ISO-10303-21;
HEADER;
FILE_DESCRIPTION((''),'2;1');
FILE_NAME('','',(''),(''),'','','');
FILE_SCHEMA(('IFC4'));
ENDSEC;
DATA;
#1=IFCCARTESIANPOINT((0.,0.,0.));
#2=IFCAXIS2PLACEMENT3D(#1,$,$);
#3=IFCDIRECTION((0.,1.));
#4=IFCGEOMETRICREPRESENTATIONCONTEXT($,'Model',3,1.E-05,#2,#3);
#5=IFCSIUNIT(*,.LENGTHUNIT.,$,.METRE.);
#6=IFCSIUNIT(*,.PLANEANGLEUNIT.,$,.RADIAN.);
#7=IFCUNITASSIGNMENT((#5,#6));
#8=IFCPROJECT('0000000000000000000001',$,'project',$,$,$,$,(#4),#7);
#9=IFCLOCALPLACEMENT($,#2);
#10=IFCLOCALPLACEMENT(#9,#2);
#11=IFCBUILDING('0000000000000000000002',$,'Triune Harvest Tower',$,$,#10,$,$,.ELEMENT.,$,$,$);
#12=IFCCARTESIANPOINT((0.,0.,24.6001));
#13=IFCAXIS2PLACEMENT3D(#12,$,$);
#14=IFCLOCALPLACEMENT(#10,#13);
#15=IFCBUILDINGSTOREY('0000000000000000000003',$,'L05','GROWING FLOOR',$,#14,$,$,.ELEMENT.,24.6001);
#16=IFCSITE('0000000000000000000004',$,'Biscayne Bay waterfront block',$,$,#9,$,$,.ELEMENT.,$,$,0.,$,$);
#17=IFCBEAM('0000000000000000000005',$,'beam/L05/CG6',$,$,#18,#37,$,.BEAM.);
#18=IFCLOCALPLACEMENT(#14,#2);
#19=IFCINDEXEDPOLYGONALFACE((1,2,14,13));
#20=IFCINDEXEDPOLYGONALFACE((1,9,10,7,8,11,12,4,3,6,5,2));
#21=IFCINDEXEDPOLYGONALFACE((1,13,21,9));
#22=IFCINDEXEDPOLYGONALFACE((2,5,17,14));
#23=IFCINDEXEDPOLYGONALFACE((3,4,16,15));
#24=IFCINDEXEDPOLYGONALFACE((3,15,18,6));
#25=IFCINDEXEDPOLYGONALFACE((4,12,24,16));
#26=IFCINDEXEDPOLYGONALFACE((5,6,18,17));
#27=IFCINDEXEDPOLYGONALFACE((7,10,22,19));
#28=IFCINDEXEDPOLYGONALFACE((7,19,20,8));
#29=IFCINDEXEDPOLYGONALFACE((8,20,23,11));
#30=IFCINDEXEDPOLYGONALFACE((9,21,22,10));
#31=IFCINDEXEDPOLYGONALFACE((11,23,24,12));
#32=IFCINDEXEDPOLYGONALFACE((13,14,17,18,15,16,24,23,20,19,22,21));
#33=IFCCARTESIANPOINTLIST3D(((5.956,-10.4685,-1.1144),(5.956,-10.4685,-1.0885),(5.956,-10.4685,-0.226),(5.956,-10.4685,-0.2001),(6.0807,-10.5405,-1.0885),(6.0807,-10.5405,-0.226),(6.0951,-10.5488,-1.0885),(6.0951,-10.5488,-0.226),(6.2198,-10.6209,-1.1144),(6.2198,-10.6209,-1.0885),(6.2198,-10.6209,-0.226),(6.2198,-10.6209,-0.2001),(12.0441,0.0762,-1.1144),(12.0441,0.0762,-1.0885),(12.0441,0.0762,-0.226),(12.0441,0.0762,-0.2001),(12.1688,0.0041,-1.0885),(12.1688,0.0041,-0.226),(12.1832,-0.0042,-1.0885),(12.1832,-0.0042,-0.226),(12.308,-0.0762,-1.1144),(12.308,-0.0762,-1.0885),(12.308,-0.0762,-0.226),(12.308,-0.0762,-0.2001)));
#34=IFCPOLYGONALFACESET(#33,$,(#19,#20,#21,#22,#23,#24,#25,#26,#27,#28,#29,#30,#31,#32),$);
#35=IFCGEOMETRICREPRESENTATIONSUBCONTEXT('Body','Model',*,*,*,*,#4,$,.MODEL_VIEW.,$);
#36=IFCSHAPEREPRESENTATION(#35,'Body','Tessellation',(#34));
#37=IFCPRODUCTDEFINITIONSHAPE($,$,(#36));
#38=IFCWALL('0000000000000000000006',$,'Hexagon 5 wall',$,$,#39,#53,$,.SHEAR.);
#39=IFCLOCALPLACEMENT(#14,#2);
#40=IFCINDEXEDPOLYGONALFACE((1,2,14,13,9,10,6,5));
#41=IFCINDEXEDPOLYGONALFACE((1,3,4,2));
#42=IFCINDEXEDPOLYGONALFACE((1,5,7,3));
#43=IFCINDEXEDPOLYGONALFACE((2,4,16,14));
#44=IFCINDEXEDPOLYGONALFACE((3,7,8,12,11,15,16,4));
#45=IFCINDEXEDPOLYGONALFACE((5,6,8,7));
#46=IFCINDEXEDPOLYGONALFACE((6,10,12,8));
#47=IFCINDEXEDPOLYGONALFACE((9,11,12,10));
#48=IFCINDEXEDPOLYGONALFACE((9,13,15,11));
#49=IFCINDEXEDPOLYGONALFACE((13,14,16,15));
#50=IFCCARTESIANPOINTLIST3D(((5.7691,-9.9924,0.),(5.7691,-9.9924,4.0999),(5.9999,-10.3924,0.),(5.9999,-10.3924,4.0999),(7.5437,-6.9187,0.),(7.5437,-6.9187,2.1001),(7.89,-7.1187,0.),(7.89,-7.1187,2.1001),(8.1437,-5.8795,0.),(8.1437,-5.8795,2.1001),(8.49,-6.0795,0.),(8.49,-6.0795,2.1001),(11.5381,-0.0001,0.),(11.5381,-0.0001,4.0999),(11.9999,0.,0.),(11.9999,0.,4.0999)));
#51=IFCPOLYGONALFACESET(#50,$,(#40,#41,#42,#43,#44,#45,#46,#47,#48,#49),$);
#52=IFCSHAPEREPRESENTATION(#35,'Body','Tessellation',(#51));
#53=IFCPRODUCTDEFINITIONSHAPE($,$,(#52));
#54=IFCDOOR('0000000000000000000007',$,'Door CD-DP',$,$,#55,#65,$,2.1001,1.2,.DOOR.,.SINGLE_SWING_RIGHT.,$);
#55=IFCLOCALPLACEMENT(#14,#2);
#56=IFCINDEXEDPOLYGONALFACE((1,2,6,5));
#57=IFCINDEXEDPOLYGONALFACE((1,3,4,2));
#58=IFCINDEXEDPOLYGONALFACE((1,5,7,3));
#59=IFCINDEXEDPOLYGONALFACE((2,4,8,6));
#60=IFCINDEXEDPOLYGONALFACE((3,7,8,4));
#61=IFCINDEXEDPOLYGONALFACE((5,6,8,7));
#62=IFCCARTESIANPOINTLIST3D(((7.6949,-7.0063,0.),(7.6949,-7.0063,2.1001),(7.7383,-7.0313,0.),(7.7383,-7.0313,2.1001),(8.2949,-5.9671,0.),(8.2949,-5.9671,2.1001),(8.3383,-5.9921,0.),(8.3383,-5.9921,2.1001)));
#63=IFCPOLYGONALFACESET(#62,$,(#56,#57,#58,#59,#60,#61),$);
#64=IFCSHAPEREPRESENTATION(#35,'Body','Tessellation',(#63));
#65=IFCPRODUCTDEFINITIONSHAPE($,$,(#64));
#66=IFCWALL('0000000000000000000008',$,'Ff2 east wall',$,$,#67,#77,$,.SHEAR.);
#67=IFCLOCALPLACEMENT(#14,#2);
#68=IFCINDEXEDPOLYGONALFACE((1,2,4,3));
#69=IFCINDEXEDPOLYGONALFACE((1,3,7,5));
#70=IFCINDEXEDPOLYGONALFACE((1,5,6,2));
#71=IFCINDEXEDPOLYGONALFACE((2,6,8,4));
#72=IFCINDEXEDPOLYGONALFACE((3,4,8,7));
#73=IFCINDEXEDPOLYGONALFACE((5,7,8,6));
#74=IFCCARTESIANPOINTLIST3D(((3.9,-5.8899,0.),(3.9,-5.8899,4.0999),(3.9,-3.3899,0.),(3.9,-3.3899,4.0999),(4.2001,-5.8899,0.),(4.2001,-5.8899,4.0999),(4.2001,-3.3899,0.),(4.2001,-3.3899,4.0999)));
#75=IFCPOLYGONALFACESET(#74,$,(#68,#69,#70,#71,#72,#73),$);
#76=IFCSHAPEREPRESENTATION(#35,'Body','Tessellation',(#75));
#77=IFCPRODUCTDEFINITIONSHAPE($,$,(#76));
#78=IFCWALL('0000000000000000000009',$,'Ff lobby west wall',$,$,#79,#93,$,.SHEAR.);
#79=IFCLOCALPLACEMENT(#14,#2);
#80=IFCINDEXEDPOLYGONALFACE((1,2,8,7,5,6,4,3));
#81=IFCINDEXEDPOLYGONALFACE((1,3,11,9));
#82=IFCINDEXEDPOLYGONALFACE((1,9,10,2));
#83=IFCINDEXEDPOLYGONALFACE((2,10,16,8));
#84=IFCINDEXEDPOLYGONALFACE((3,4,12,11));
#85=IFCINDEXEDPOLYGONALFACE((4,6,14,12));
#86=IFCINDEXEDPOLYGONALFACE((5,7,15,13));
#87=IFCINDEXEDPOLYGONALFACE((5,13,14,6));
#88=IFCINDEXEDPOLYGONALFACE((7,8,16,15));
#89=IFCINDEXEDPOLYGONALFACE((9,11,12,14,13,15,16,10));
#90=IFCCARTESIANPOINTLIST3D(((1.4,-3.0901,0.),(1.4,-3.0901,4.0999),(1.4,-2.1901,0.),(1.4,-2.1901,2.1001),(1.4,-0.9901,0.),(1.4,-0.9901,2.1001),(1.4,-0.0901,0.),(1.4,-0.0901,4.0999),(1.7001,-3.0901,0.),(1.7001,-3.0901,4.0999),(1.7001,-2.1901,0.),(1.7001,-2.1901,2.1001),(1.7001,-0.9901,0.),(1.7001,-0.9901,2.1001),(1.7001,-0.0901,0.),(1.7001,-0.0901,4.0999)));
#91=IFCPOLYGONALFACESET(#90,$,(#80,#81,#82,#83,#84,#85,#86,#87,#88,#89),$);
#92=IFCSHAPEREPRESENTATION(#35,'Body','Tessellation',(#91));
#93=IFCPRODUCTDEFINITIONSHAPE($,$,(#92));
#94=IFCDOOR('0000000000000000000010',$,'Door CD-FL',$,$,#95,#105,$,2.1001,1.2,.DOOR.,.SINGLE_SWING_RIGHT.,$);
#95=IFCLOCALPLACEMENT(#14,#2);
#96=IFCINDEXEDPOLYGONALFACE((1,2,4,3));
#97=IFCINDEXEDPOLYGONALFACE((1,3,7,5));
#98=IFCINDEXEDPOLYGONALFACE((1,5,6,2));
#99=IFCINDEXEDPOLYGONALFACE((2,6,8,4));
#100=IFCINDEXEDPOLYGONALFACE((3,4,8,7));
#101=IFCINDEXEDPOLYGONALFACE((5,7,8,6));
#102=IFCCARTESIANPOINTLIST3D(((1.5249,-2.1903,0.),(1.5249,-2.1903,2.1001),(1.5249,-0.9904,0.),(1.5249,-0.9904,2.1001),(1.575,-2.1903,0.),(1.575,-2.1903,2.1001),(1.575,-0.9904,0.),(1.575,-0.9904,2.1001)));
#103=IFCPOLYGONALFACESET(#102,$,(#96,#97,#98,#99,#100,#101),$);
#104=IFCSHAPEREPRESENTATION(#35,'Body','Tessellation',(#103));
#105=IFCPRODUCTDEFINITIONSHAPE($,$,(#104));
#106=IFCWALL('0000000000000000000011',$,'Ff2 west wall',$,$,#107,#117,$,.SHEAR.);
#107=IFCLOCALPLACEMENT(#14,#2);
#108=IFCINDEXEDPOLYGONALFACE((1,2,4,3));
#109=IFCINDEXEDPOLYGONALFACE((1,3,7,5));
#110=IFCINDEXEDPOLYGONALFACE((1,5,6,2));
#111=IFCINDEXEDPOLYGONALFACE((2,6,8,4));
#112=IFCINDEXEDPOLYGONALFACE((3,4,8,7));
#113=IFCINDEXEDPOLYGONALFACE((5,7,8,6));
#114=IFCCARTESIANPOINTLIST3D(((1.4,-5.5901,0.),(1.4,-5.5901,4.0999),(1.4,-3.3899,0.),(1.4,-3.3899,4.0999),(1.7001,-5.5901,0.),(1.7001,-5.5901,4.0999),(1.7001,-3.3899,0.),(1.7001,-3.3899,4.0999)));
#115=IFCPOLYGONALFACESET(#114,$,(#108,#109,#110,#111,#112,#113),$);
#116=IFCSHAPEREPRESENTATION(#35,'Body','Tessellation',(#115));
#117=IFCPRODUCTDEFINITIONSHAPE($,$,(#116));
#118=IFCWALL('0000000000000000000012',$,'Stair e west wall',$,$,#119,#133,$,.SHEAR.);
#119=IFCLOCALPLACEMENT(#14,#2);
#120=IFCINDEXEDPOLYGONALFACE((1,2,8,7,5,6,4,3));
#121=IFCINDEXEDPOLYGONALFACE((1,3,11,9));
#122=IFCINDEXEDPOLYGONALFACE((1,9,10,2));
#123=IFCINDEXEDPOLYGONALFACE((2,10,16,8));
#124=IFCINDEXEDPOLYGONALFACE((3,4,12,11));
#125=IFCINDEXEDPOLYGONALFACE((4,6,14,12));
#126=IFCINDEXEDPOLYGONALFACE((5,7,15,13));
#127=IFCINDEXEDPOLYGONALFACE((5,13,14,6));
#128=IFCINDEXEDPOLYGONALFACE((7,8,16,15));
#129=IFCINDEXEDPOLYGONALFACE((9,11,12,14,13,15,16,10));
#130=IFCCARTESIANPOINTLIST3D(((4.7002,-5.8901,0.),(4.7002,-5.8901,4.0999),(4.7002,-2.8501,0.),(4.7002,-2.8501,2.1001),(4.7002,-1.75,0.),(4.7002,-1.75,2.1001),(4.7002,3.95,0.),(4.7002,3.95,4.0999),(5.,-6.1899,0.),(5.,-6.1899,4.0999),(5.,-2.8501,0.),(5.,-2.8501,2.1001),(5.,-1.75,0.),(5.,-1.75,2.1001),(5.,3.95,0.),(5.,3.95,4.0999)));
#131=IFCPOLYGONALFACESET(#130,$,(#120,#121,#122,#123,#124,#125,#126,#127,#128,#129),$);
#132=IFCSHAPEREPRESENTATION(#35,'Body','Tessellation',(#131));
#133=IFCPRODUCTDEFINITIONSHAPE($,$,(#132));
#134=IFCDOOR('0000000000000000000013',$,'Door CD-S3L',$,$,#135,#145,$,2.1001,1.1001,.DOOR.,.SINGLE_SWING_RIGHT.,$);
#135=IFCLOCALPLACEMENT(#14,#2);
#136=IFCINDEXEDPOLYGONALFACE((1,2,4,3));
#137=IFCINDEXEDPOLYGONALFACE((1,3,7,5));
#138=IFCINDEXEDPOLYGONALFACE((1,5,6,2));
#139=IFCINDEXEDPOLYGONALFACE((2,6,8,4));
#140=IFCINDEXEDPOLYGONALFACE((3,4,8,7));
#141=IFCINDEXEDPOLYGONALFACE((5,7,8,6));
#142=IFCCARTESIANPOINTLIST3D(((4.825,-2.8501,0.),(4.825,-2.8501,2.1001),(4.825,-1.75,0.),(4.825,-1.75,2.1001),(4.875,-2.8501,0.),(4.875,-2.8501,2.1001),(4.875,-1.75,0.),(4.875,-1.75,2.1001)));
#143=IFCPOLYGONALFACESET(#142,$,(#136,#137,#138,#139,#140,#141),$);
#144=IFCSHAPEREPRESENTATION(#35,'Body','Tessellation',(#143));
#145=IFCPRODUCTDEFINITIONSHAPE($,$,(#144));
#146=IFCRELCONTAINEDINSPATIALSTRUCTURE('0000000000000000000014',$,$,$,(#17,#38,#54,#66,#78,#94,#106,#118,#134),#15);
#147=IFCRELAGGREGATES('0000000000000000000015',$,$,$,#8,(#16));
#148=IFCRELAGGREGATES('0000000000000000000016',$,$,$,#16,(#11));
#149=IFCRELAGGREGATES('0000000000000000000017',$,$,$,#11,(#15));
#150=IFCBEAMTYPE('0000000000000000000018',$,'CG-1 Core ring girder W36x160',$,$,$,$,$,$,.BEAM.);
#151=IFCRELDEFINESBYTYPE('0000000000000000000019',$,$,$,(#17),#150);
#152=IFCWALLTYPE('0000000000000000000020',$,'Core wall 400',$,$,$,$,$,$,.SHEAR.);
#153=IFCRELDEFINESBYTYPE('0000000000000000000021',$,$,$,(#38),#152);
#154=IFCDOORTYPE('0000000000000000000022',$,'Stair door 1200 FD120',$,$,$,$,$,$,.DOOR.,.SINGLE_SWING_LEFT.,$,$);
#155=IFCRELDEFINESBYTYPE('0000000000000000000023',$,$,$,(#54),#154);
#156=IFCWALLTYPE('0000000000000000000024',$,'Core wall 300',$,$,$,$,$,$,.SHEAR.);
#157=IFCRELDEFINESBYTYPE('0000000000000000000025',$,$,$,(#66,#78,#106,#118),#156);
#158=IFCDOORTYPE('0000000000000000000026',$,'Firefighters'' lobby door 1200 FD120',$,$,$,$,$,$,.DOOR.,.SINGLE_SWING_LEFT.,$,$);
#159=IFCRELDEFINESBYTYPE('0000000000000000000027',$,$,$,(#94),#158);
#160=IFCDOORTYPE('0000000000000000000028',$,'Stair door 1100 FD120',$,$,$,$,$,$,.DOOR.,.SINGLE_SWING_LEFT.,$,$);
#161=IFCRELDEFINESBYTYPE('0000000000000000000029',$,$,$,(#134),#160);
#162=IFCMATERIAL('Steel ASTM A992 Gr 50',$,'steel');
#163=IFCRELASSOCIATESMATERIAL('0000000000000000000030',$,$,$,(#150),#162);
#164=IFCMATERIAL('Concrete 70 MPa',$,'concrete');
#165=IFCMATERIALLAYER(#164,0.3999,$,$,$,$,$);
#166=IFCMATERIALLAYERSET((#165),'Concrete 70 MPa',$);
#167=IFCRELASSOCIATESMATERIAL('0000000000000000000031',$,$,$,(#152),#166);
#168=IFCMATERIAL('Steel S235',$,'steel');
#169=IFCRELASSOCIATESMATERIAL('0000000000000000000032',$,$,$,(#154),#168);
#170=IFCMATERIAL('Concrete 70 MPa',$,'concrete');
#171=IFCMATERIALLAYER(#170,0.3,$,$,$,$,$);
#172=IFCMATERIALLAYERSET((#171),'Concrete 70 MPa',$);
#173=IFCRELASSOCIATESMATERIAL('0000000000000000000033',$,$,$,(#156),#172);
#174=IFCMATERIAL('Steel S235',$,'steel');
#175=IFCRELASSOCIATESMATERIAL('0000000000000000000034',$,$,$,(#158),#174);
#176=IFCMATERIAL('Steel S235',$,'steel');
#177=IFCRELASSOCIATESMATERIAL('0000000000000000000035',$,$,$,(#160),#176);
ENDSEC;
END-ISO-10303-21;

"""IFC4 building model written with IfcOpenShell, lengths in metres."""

from ifc_helpers import new_model, si_unit, direction, frame, frame_2d, origin, origin_2d, place, context, subcontext, project, spatial, polyline, rectangle, i_section, outline, extrude, source, transform, mapped, material, layer, layer_set, material_profile, profile_set, type_object, element, fill, save


model = new_model("IFC4")

# Units and contexts
model_context = context("Model", 3, precision=1e-05, world=origin(), true_north=direction((0.0, 1.0)))
body_context = subcontext(model_context, "Body", "Model", "MODEL_VIEW")
ifc_project = project(units=[si_unit("LENGTHUNIT", "METRE"), si_unit("PLANEANGLEUNIT", "RADIAN")], contexts=[model_context])

# Site, building, storey
site_placement = place(None, origin())
site = spatial("IfcSite", under=ifc_project, at=site_placement, Name="Biscayne Bay waterfront block", CompositionType="ELEMENT", RefElevation=0.0)
building_placement = place(site_placement, origin())
building = spatial("IfcBuilding", under=site, at=building_placement, Name="Triune Harvest Tower", CompositionType="ELEMENT")
storey_placement = place(building_placement, frame((0.0, 0.0, 24.6001)))
storey = spatial("IfcBuildingStorey", under=building, at=storey_placement, Name="L05", Description="GROWING FLOOR", CompositionType="ELEMENT", Elevation=24.6001)

# Beam
ifc_material_1 = material(Name="Steel ASTM A992 Gr 50", Category="steel")
ifc_material_profile = material_profile(ifc_material_1, i_section(OverallWidth=0.3047, OverallDepth=0.9143, WebThickness=0.0166, FlangeThickness=0.0259, at=origin_2d()), Name="W36x160")
ifc_profile_set = profile_set([ifc_material_profile], Name="Steel ASTM A992 Gr 50")
beam_type = type_object("IfcBeamType", Name="CG-1 Core ring girder W36x160", PredefinedType="BEAM", material=ifc_profile_set)
shared_shape_1 = source(origin(), body_context, "Body", "SweptSolid", [
    extrude(i_section(OverallWidth=0.3047, OverallDepth=0.9143, WebThickness=0.0166, FlangeThickness=0.0259, at=origin_2d()), origin(), (0.0, 0.0, 1.0), 12.176),
])
beam_placement = place(storey_placement, frame((6.0879, -10.5447, -0.6572), z_axis=(0.50001, 0.86602, 0.0), x_axis=(-0.86602, 0.50001, 0.0)))
element("IfcBeam", 1, at=beam_placement, inside=storey, type_object=beam_type, Name="beam/L05/CG6", PredefinedType="BEAM", context=body_context, shape_type="MappedRepresentation", body=[
    mapped(shared_shape_1, transform((0.0, 0.0, 0.0), scale=1.0)),
])

# Wall, opening, door
ifc_material_2 = material(Name="Concrete 70 MPa", Category="concrete")
ifc_layer_1 = layer(ifc_material_2, 0.3999)
ifc_layer_set_1 = layer_set([ifc_layer_1], Name="Concrete 70 MPa")
wall_type_1 = type_object("IfcWallType", Name="Core wall 400", PredefinedType="SHEAR", material=ifc_layer_set_1)
shared_shape_2 = source(origin(), body_context, "Body", "SweptSolid", [
    extrude(outline(polyline([(-0.1155, -0.2), (11.8845, -0.2), (11.6536, 0.2), (0.1155, 0.2), (-0.1155, -0.2)])), origin(), (0.0, 0.0, 1.0), 4.0999),
])
wall_1_placement = place(storey_placement, frame((5.8845, -10.1924, 0.0), z_axis=(0.0, 0.0, 1.0), x_axis=(0.499997, 0.866027, 0.0)))
wall_1 = element("IfcWall", 2, at=wall_1_placement, inside=storey, type_object=wall_type_1, Name="Hexagon 5 wall", PredefinedType="SHEAR", context=body_context, shape_type="MappedRepresentation", body=[
    mapped(shared_shape_2, transform((0.0, 0.0, 0.0), scale=1.0)),
])
opening_1_placement = place(wall_1_placement, frame((3.6646, 0.0, 0.0)))
opening_1 = element("IfcOpeningElement", 3, at=opening_1_placement, cuts=wall_1, PredefinedType="OPENING", context=body_context, shape_type="SweptSolid", body=[
    extrude(rectangle(XDim=1.2, YDim=2.1001, at=frame_2d((0.6001, 1.05))), frame((0.0, 0.21, 0.0), z_axis=(0.0, -1.0, 0.0), x_axis=(1.0, 0.0, 0.0)), (0.0, 0.0, 1.0), 0.4199),
])
ifc_material_3 = material(Name="Steel S235", Category="steel")
door_type_1 = type_object("IfcDoorType", Name="Stair door 1200 FD120", OperationType="SINGLE_SWING_LEFT", PredefinedType="DOOR", material=ifc_material_3)
door_1_placement = place(opening_1_placement, frame((1.2, 0.0, 0.0), z_axis=(0.0, 0.0, 1.0), x_axis=(-1.0, 0.0, 0.0)))
door_1 = element("IfcDoor", 4, at=door_1_placement, inside=storey, type_object=door_type_1, Name="Door CD-DP", OperationType="SINGLE_SWING_RIGHT", OverallHeight=2.1001, OverallWidth=1.2, PredefinedType="DOOR", context=body_context, shape_type="SweptSolid", body=[
    extrude(rectangle(XDim=1.2, YDim=2.1001, at=frame_2d((0.6001, 1.05))), frame((0.0, 0.0249, 0.0), z_axis=(0.0, -1.0, 0.0), x_axis=(1.0, 0.0, 0.0)), (0.0, 0.0, 1.0), 0.05),
])
fill(opening_1, door_1)

# Wall
ifc_material_4 = material(Name="Concrete 70 MPa", Category="concrete")
ifc_layer_2 = layer(ifc_material_4, 0.3)
ifc_layer_set_2 = layer_set([ifc_layer_2], Name="Concrete 70 MPa")
wall_type_2 = type_object("IfcWallType", Name="Core wall 300", PredefinedType="SHEAR", material=ifc_layer_set_2)
shared_shape_3 = source(origin(), body_context, "Body", "SweptSolid", [
    extrude(rectangle(XDim=2.5, YDim=0.3, at=frame_2d((1.25, 0.0))), origin(), (0.0, 0.0, 1.0), 4.0999),
])
wall_2_placement = place(storey_placement, frame((4.05, -5.8899, 0.0), z_axis=(0.0, 0.0, 1.0), x_axis=(0.0, 1.0, 0.0)))
element("IfcWall", 5, at=wall_2_placement, inside=storey, type_object=wall_type_2, Name="Ff2 east wall", PredefinedType="SHEAR", context=body_context, shape_type="MappedRepresentation", body=[
    mapped(shared_shape_3, transform((0.0, 0.0, 0.0), scale=1.0)),
])

# Wall, opening, door
shared_shape_4 = source(origin(), body_context, "Body", "SweptSolid", [
    extrude(rectangle(XDim=3.0, YDim=0.3, at=frame_2d((1.5, 0.0))), origin(), (0.0, 0.0, 1.0), 4.0999),
])
wall_3_placement = place(storey_placement, frame((1.55, -3.0901, 0.0), z_axis=(0.0, 0.0, 1.0), x_axis=(0.0, 1.0, 0.0)))
wall_3 = element("IfcWall", 6, at=wall_3_placement, inside=storey, type_object=wall_type_2, Name="Ff lobby west wall", PredefinedType="SHEAR", context=body_context, shape_type="MappedRepresentation", body=[
    mapped(shared_shape_4, transform((0.0, 0.0, 0.0), scale=1.0)),
])
opening_2_placement = place(wall_3_placement, frame((0.8999, 0.0, 0.0)))
opening_2 = element("IfcOpeningElement", 7, at=opening_2_placement, cuts=wall_3, PredefinedType="OPENING", context=body_context, shape_type="SweptSolid", body=[
    extrude(rectangle(XDim=1.2, YDim=2.1001, at=frame_2d((0.6001, 1.05))), frame((0.0, 0.1602, 0.0), z_axis=(0.0, -1.0, 0.0), x_axis=(1.0, 0.0, 0.0)), (0.0, 0.0, 1.0), 0.3201),
])
ifc_material_5 = material(Name="Steel S235", Category="steel")
door_type_2 = type_object("IfcDoorType", Name="Firefighters' lobby door 1200 FD120", OperationType="SINGLE_SWING_LEFT", PredefinedType="DOOR", material=ifc_material_5)
door_2_placement = place(opening_2_placement, frame((1.2, 0.0, 0.0), z_axis=(0.0, 0.0, 1.0), x_axis=(-1.0, 0.0, 0.0)))
door_2 = element("IfcDoor", 8, at=door_2_placement, inside=storey, type_object=door_type_2, Name="Door CD-FL", OperationType="SINGLE_SWING_RIGHT", OverallHeight=2.1001, OverallWidth=1.2, PredefinedType="DOOR", context=body_context, shape_type="SweptSolid", body=[
    extrude(rectangle(XDim=1.2, YDim=2.1001, at=frame_2d((0.6001, 1.05))), frame((0.0, 0.0249, 0.0), z_axis=(0.0, -1.0, 0.0), x_axis=(1.0, 0.0, 0.0)), (0.0, 0.0, 1.0), 0.05),
])
fill(opening_2, door_2)

# Wall
shared_shape_5 = source(origin(), body_context, "Body", "SweptSolid", [
    extrude(rectangle(XDim=2.2002, YDim=0.3, at=frame_2d((1.1001, 0.0))), origin(), (0.0, 0.0, 1.0), 4.0999),
])
wall_4_placement = place(storey_placement, frame((1.55, -5.5901, 0.0), z_axis=(0.0, 0.0, 1.0), x_axis=(0.0, 1.0, 0.0)))
element("IfcWall", 9, at=wall_4_placement, inside=storey, type_object=wall_type_2, Name="Ff2 west wall", PredefinedType="SHEAR", context=body_context, shape_type="MappedRepresentation", body=[
    mapped(shared_shape_5, transform((0.0, 0.0, 0.0), scale=1.0)),
])

# Wall, opening, door
shared_shape_6 = source(origin(), body_context, "Body", "SweptSolid", [
    extrude(outline(polyline([(-0.1499, -0.1499), (9.99, -0.1499), (9.99, 0.1499), (0.1499, 0.1499), (-0.1499, -0.1499)])), origin(), (0.0, 0.0, 1.0), 4.0999),
])
wall_5_placement = place(storey_placement, frame((4.8501, -6.04, 0.0), z_axis=(0.0, 0.0, 1.0), x_axis=(0.0, 1.0, 0.0)))
wall_5 = element("IfcWall", 10, at=wall_5_placement, inside=storey, type_object=wall_type_2, Name="Stair e west wall", PredefinedType="SHEAR", context=body_context, shape_type="MappedRepresentation", body=[
    mapped(shared_shape_6, transform((0.0, 0.0, 0.0), scale=1.0)),
])
opening_3_placement = place(wall_5_placement, frame((3.1899, 0.0, 0.0)))
opening_3 = element("IfcOpeningElement", 11, at=opening_3_placement, cuts=wall_5, PredefinedType="OPENING", context=body_context, shape_type="SweptSolid", body=[
    extrude(rectangle(XDim=1.1001, YDim=2.1001, at=frame_2d((0.55, 1.05))), frame((0.0, 0.1602, 0.0), z_axis=(0.0, -1.0, 0.0), x_axis=(1.0, 0.0, 0.0)), (0.0, 0.0, 1.0), 0.3201),
])
ifc_material_6 = material(Name="Steel S235", Category="steel")
door_type_3 = type_object("IfcDoorType", Name="Stair door 1100 FD120", OperationType="SINGLE_SWING_LEFT", PredefinedType="DOOR", material=ifc_material_6)
door_3_placement = place(opening_3_placement, frame((1.1001, 0.0, 0.0), z_axis=(0.0, 0.0, 1.0), x_axis=(-1.0, 0.0, 0.0)))
door_3 = element("IfcDoor", 12, at=door_3_placement, inside=storey, type_object=door_type_3, Name="Door CD-S3L", OperationType="SINGLE_SWING_RIGHT", OverallHeight=2.1001, OverallWidth=1.1001, PredefinedType="DOOR", context=body_context, shape_type="SweptSolid", body=[
    extrude(rectangle(XDim=1.1001, YDim=2.1001, at=frame_2d((0.55, 1.05))), frame((0.0, 0.0249, 0.0), z_axis=(0.0, -1.0, 0.0), x_axis=(1.0, 0.0, 0.0)), (0.0, 0.0, 1.0), 0.05),
])
fill(opening_3, door_3)

save(model, "model.ifc")
